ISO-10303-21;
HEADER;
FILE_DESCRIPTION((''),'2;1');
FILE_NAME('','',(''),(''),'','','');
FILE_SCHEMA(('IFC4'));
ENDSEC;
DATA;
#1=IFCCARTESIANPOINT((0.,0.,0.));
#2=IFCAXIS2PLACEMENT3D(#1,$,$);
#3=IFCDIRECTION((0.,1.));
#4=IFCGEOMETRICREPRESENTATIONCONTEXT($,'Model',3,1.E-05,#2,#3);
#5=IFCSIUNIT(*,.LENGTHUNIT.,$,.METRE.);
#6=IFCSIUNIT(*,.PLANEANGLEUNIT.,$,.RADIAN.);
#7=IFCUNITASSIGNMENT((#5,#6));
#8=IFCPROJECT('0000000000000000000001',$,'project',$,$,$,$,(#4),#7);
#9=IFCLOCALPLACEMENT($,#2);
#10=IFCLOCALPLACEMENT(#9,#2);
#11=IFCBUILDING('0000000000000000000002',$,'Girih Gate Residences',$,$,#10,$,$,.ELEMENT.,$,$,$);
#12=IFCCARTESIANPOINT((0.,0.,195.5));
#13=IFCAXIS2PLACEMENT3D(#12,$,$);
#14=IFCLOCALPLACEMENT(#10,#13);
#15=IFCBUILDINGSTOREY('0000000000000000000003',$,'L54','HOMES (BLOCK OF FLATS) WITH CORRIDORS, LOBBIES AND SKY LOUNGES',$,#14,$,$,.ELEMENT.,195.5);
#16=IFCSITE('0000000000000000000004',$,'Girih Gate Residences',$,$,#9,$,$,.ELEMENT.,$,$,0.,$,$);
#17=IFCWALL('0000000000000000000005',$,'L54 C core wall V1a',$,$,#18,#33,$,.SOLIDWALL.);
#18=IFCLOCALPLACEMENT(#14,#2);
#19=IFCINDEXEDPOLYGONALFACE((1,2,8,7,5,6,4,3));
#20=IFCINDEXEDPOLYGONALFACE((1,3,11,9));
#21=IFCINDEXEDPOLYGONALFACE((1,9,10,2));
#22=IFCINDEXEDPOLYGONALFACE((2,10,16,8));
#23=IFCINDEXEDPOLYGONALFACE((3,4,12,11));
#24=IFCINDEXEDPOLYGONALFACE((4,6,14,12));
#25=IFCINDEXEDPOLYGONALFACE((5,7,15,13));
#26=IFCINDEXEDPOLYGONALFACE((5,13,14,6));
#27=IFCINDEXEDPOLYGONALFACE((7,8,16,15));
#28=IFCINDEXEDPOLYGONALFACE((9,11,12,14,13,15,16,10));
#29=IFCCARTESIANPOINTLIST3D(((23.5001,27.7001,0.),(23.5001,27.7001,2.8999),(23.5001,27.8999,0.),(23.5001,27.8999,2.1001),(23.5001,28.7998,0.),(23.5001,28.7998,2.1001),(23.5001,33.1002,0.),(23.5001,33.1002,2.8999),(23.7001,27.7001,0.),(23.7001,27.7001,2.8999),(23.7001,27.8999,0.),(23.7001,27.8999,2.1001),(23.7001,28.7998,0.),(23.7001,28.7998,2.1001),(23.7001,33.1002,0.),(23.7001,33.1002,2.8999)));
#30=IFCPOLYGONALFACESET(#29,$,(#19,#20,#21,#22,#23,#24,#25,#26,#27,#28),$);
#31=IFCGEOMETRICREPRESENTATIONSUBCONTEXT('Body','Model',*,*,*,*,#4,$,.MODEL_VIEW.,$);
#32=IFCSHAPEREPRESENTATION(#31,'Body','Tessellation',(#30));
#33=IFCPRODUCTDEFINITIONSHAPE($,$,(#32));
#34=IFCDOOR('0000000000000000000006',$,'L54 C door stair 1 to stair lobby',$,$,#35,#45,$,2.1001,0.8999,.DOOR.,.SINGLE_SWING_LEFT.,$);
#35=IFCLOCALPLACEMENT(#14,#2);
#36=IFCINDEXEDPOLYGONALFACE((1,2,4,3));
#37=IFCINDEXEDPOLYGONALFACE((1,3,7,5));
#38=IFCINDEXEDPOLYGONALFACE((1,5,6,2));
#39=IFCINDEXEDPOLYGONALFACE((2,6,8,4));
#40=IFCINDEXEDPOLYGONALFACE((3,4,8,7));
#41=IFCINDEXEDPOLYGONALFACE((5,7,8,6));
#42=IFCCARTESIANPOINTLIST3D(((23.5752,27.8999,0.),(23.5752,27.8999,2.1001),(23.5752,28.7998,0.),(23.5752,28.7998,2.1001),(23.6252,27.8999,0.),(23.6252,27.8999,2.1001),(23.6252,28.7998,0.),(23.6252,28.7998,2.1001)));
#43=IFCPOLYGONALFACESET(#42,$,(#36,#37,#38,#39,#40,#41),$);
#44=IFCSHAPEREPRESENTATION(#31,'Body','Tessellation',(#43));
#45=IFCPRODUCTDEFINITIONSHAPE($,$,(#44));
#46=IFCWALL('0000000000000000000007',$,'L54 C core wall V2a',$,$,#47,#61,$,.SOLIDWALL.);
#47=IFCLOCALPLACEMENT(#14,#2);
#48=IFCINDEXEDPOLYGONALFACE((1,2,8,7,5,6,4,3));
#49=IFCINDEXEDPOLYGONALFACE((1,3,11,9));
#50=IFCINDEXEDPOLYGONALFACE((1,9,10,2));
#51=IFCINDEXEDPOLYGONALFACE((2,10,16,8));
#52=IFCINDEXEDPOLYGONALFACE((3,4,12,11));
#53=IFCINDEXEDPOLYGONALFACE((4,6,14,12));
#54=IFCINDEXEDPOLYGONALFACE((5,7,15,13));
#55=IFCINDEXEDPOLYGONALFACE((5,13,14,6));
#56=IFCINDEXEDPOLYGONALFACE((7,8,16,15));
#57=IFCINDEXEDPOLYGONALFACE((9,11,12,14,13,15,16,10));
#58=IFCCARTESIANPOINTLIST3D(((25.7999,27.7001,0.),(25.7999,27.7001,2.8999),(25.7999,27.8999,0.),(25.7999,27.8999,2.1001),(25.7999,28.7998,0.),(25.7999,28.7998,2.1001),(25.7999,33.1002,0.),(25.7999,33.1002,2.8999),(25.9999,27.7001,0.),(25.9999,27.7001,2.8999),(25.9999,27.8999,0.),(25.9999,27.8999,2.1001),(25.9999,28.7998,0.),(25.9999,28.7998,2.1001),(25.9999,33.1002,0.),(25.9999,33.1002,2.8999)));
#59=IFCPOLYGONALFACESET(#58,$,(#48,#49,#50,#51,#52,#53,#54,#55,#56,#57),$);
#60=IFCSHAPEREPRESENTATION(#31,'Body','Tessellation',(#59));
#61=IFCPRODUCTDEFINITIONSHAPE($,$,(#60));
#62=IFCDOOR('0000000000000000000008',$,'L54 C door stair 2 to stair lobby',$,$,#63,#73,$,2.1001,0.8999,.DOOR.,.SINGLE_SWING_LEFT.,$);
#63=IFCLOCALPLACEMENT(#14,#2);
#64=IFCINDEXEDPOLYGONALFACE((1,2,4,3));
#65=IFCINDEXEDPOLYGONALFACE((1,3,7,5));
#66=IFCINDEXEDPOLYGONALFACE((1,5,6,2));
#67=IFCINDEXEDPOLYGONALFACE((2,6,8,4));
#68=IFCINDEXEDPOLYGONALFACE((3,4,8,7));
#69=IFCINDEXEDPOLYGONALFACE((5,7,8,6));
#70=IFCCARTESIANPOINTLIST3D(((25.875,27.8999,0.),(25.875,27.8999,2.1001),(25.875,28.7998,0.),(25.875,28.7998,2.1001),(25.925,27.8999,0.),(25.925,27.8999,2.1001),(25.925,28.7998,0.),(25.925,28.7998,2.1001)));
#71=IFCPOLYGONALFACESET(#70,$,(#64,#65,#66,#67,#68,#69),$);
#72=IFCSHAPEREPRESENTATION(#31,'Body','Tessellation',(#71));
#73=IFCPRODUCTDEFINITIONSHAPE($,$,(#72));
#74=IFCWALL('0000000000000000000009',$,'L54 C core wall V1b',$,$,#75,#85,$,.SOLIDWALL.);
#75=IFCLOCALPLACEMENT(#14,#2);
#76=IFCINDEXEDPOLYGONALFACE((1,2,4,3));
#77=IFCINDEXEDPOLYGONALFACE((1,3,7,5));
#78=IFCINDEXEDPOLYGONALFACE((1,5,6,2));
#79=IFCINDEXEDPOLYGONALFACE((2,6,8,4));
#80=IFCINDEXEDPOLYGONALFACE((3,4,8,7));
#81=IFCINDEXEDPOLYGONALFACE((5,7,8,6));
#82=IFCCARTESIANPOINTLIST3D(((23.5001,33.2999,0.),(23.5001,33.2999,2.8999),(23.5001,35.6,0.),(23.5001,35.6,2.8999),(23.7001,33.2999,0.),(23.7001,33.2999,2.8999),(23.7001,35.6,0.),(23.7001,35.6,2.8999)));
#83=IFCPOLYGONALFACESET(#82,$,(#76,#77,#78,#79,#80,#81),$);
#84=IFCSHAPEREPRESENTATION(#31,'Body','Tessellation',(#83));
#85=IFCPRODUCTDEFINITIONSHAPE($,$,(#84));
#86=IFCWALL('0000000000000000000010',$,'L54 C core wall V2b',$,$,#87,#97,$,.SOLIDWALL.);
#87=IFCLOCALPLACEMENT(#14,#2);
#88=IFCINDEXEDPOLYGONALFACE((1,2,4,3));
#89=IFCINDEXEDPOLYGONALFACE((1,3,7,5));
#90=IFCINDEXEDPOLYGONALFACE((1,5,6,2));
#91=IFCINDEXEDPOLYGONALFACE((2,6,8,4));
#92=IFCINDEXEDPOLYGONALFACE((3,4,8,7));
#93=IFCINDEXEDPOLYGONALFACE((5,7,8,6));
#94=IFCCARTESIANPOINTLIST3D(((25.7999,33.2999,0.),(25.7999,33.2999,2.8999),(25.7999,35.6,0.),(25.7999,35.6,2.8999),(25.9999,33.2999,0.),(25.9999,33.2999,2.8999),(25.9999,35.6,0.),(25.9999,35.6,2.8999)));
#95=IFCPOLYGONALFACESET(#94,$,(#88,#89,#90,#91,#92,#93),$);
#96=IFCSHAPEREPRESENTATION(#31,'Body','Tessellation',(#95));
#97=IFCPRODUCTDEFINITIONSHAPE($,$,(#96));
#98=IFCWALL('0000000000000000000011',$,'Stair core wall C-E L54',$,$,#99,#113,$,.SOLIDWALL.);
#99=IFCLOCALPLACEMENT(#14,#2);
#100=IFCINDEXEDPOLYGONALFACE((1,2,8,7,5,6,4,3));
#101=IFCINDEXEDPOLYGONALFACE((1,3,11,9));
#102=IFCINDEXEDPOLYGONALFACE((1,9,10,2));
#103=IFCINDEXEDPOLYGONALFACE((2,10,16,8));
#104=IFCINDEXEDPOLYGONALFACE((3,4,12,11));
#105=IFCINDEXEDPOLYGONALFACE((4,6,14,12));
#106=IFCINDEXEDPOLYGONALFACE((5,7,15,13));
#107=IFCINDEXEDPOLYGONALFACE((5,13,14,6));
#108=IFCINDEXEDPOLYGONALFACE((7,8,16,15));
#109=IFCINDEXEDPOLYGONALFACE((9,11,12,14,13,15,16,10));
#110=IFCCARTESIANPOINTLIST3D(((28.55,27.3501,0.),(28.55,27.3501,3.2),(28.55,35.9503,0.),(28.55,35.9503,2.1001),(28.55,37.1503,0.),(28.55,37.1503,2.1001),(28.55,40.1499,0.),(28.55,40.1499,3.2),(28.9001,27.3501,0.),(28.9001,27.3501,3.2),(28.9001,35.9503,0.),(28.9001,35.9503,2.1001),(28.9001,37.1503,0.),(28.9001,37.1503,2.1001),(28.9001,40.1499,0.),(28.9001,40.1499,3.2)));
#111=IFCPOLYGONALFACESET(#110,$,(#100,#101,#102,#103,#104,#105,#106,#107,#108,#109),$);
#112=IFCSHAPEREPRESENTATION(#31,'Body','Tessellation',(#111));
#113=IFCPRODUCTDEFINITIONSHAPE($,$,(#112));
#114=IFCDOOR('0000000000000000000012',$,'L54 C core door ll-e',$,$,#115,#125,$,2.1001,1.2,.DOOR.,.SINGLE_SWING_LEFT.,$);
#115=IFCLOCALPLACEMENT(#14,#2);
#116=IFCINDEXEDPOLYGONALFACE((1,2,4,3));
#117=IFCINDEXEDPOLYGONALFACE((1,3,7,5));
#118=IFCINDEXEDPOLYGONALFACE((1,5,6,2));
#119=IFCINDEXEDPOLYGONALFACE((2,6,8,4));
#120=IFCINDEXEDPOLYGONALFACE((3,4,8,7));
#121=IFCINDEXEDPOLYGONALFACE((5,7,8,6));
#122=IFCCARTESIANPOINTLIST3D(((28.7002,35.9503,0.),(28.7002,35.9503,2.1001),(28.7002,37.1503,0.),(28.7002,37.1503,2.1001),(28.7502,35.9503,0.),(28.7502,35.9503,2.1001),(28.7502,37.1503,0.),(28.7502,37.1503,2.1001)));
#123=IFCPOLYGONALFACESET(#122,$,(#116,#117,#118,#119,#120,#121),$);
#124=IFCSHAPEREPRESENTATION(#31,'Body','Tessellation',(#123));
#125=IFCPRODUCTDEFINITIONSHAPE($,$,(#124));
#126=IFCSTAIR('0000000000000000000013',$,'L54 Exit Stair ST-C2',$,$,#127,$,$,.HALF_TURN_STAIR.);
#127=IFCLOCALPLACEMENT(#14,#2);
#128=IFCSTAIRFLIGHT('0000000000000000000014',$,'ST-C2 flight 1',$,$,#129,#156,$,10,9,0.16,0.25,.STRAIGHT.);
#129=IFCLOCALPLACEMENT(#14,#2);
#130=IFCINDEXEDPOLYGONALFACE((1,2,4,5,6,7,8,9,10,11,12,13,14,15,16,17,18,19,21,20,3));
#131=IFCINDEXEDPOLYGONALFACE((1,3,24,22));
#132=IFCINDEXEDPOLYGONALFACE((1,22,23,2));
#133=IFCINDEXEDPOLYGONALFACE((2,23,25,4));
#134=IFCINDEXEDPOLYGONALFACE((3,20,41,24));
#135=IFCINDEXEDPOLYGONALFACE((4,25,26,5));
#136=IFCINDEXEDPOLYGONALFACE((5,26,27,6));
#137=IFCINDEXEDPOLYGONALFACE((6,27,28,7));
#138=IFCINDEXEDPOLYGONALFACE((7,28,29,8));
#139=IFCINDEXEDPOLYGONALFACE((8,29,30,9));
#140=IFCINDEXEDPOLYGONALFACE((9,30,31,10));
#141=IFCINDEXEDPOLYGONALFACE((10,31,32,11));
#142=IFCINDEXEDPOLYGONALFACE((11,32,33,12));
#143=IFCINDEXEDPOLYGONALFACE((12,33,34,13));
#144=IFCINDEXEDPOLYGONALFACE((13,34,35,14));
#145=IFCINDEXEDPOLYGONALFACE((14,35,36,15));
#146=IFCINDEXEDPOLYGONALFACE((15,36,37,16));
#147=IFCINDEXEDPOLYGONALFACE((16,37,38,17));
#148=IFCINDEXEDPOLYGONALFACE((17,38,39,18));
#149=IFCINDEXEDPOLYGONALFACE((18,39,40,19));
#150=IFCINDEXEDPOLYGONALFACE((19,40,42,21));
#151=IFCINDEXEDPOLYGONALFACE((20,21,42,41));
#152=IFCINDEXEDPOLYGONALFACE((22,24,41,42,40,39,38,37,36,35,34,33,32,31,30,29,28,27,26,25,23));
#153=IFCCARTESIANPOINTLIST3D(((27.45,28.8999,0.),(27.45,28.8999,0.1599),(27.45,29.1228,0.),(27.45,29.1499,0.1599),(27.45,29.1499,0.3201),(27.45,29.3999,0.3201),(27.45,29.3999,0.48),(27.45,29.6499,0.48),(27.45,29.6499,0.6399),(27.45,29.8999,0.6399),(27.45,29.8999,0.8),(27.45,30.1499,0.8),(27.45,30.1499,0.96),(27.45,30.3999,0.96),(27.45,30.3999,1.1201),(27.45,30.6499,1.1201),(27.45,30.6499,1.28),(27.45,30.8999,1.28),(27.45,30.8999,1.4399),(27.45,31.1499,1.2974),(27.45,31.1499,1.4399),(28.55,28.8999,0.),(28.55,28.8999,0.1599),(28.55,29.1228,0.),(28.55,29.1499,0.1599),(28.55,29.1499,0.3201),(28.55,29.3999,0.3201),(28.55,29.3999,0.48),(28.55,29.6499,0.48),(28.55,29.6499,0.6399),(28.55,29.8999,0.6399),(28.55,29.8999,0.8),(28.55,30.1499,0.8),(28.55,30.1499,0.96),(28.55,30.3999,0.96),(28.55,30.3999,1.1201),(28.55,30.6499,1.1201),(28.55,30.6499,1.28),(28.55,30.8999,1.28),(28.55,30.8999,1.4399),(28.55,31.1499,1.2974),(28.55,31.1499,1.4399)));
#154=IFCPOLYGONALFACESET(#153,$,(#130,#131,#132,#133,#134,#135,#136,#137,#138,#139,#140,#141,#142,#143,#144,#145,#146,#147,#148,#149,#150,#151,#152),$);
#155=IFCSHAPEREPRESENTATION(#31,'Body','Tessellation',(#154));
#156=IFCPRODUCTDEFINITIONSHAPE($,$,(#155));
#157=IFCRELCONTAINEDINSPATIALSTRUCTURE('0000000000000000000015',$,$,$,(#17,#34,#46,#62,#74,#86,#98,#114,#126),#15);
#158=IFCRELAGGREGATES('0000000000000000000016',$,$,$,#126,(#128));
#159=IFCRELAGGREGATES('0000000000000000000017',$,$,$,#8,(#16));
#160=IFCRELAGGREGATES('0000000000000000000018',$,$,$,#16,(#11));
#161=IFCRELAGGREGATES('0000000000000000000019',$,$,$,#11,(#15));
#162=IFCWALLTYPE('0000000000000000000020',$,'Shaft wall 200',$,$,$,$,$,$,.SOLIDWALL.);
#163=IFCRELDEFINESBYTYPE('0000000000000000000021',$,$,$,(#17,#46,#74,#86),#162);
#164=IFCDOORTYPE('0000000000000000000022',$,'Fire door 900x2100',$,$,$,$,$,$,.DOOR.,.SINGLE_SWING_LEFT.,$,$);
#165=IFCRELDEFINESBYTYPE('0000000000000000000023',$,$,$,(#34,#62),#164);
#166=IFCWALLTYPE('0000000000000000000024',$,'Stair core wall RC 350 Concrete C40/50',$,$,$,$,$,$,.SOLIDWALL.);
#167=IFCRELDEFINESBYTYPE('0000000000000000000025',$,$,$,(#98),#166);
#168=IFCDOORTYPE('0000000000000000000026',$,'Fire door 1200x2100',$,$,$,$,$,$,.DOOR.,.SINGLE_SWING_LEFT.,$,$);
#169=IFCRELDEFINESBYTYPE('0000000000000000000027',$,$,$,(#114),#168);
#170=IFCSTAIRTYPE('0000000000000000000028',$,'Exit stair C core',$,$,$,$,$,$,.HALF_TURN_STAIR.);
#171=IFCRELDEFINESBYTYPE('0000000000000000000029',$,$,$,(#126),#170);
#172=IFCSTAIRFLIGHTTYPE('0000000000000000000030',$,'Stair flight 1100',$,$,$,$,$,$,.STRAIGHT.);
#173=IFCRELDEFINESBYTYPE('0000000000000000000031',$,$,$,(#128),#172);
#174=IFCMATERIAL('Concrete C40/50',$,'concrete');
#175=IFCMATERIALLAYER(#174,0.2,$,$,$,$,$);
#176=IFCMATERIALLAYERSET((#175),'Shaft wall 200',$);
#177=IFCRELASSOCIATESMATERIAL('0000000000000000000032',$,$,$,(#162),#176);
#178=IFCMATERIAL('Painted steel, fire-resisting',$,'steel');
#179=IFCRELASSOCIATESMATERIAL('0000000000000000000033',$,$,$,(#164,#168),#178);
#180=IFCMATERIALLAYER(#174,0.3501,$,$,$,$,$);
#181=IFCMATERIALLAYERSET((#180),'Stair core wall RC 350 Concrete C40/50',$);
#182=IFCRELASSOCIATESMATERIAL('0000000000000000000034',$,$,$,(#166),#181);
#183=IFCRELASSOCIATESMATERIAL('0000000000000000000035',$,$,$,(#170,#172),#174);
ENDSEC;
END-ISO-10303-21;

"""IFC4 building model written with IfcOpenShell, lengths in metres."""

from ifc_helpers import new_model, si_unit, direction, frame, frame_2d, origin, place, context, subcontext, project, spatial, polyline, rectangle, outline, extrude, material, layer, layer_set, type_object, element, fill, aggregate, save


model = new_model("IFC4")

# Units and contexts
model_context = context("Model", 3, precision=1e-05, world=origin(), true_north=direction((0.0, 1.0)))
body_context = subcontext(model_context, "Body", "Model", "MODEL_VIEW")
ifc_project = project(units=[si_unit("LENGTHUNIT", "METRE"), si_unit("PLANEANGLEUNIT", "RADIAN")], contexts=[model_context])

# Site, building, storey
site_placement = place(None, origin())
site = spatial("IfcSite", under=ifc_project, at=site_placement, Name="Girih Gate Residences", CompositionType="ELEMENT", RefElevation=0.0)
building_placement = place(site_placement, origin())
building = spatial("IfcBuilding", under=site, at=building_placement, Name="Girih Gate Residences", CompositionType="ELEMENT")
storey_placement = place(building_placement, frame((0.0, 0.0, 195.5)))
storey = spatial("IfcBuildingStorey", under=building, at=storey_placement, Name="L54", Description="HOMES (BLOCK OF FLATS) WITH CORRIDORS, LOBBIES AND SKY LOUNGES", CompositionType="ELEMENT", Elevation=195.5)

# Walls, openings, doors
ifc_material_1 = material(Name="Concrete C40/50", Category="concrete")
ifc_layer_1 = layer(ifc_material_1, 0.2)
ifc_layer_set_1 = layer_set([ifc_layer_1], Name="Shaft wall 200")
wall_type_1 = type_object("IfcWallType", Name="Shaft wall 200", PredefinedType="SOLIDWALL", material=ifc_layer_set_1)
wall_1_placement = place(storey_placement, frame((23.6001, 27.7, 0.0), z_axis=(0.0, 0.0, 1.0), x_axis=(0.0, 1.0, 0.0)))
wall_1 = element("IfcWall", 1, at=wall_1_placement, inside=storey, type_object=wall_type_1, Name="L54 C core wall V1a", PredefinedType="SOLIDWALL", context=body_context, shape_type="SweptSolid", body=[
    extrude(rectangle(XDim=5.4001, YDim=0.2, at=frame_2d((2.7002, 0.0))), origin(), (0.0, 0.0, 1.0), 2.8999),
])
opening_1_placement = place(wall_1_placement, frame((0.2, 0.0, 0.0)))
opening_1 = element("IfcOpeningElement", 2, at=opening_1_placement, cuts=wall_1, PredefinedType="OPENING", context=body_context, shape_type="SweptSolid", body=[
    extrude(rectangle(XDim=0.8999, YDim=2.1001, at=frame_2d((0.45, 1.05))), frame((0.0, 0.1099, 0.0), z_axis=(0.0, -1.0, 0.0), x_axis=(1.0, 0.0, 0.0)), (0.0, 0.0, 1.0), 0.22),
])
ifc_material_2 = material(Name="Painted steel, fire-resisting", Category="steel")
door_type_1 = type_object("IfcDoorType", Name="Fire door 900x2100", OperationType="SINGLE_SWING_LEFT", PredefinedType="DOOR", material=ifc_material_2)
door_1_placement = place(opening_1_placement, origin())
door_1 = element("IfcDoor", 3, at=door_1_placement, inside=storey, type_object=door_type_1, Name="L54 C door stair 1 to stair lobby", OperationType="SINGLE_SWING_LEFT", OverallHeight=2.1001, OverallWidth=0.8999, PredefinedType="DOOR", context=body_context, shape_type="SweptSolid", body=[
    extrude(rectangle(XDim=0.8999, YDim=2.1001, at=frame_2d((0.45, 1.05))), frame((0.0, 0.0249, 0.0), z_axis=(0.0, -1.0, 0.0), x_axis=(1.0, 0.0, 0.0)), (0.0, 0.0, 1.0), 0.05),
])
fill(opening_1, door_1)
wall_2_placement = place(storey_placement, frame((25.8999, 27.7, 0.0), z_axis=(0.0, 0.0, 1.0), x_axis=(0.0, 1.0, 0.0)))
wall_2 = element("IfcWall", 4, at=wall_2_placement, inside=storey, type_object=wall_type_1, Name="L54 C core wall V2a", PredefinedType="SOLIDWALL", context=body_context, shape_type="SweptSolid", body=[
    extrude(rectangle(XDim=5.4001, YDim=0.2, at=frame_2d((2.7002, 0.0))), origin(), (0.0, 0.0, 1.0), 2.8999),
])
opening_2_placement = place(wall_2_placement, frame((0.2, 0.0, 0.0)))
opening_2 = element("IfcOpeningElement", 5, at=opening_2_placement, cuts=wall_2, PredefinedType="OPENING", context=body_context, shape_type="SweptSolid", body=[
    extrude(rectangle(XDim=0.8999, YDim=2.1001, at=frame_2d((0.45, 1.05))), frame((0.0, 0.1099, 0.0), z_axis=(0.0, -1.0, 0.0), x_axis=(1.0, 0.0, 0.0)), (0.0, 0.0, 1.0), 0.22),
])
door_2_placement = place(opening_2_placement, origin())
door_2 = element("IfcDoor", 6, at=door_2_placement, inside=storey, type_object=door_type_1, Name="L54 C door stair 2 to stair lobby", OperationType="SINGLE_SWING_LEFT", OverallHeight=2.1001, OverallWidth=0.8999, PredefinedType="DOOR", context=body_context, shape_type="SweptSolid", body=[
    extrude(rectangle(XDim=0.8999, YDim=2.1001, at=frame_2d((0.45, 1.05))), frame((0.0, 0.0249, 0.0), z_axis=(0.0, -1.0, 0.0), x_axis=(1.0, 0.0, 0.0)), (0.0, 0.0, 1.0), 0.05),
])
fill(opening_2, door_2)

# Walls
for number, where, z_axis, x_axis, name in (
    (7, (23.6001, 33.3, 0.0), (0.0, 0.0, 1.0), (0.0, 1.0, 0.0), "L54 C core wall V1b"),
    (8, (25.8999, 33.3, 0.0), (0.0, 0.0, 1.0), (0.0, 1.0, 0.0), "L54 C core wall V2b"),
):
    element("IfcWall", number, at=place(storey_placement, frame(where, z_axis=z_axis, x_axis=x_axis)), inside=storey, type_object=wall_type_1, Name=name, PredefinedType="SOLIDWALL", context=body_context, shape_type="SweptSolid", body=[
        extrude(rectangle(XDim=2.3, YDim=0.2, at=frame_2d((1.1499, 0.0))), origin(), (0.0, 0.0, 1.0), 2.8999),
    ])

# Wall, opening, door
ifc_layer_2 = layer(ifc_material_1, 0.3501)
ifc_layer_set_2 = layer_set([ifc_layer_2], Name="Stair core wall RC 350 Concrete C40/50")
wall_type_2 = type_object("IfcWallType", Name="Stair core wall RC 350 Concrete C40/50", PredefinedType="SOLIDWALL", material=ifc_layer_set_2)
wall_3_placement = place(storey_placement, frame((28.7251, 27.3501, 0.0), z_axis=(0.0, 0.0, 1.0), x_axis=(0.0, 1.0, 0.0)))
wall_3 = element("IfcWall", 9, at=wall_3_placement, inside=storey, type_object=wall_type_2, Name="Stair core wall C-E L54", PredefinedType="SOLIDWALL", context=body_context, shape_type="SweptSolid", body=[
    extrude(rectangle(XDim=12.7998, YDim=0.3501, at=frame_2d((6.3999, 0.0))), origin(), (0.0, 0.0, 1.0), 3.2),
])
opening_3_placement = place(wall_3_placement, frame((8.6001, 0.0, 0.0)))
opening_3 = element("IfcOpeningElement", 10, at=opening_3_placement, cuts=wall_3, PredefinedType="OPENING", context=body_context, shape_type="SweptSolid", body=[
    extrude(rectangle(XDim=1.2, YDim=2.1001, at=frame_2d((0.6001, 1.05))), frame((0.0, 0.1851, 0.0), z_axis=(0.0, -1.0, 0.0), x_axis=(1.0, 0.0, 0.0)), (0.0, 0.0, 1.0), 0.3701),
])
door_type_2 = type_object("IfcDoorType", Name="Fire door 1200x2100", OperationType="SINGLE_SWING_LEFT", PredefinedType="DOOR", material=ifc_material_2)
door_3_placement = place(opening_3_placement, origin())
door_3 = element("IfcDoor", 11, at=door_3_placement, inside=storey, type_object=door_type_2, Name="L54 C core door ll-e", OperationType="SINGLE_SWING_LEFT", OverallHeight=2.1001, OverallWidth=1.2, PredefinedType="DOOR", context=body_context, shape_type="SweptSolid", body=[
    extrude(rectangle(XDim=1.2, YDim=2.1001, at=frame_2d((0.6001, 1.05))), frame((0.0, 0.0249, 0.0), z_axis=(0.0, -1.0, 0.0), x_axis=(1.0, 0.0, 0.0)), (0.0, 0.0, 1.0), 0.05),
])
fill(opening_3, door_3)

# Stair, stair flight
stair_type = type_object("IfcStairType", Name="Exit stair C core", PredefinedType="HALF_TURN_STAIR", material=ifc_material_1)
stair_placement = place(storey_placement, origin())
stair = element("IfcStair", 12, at=stair_placement, inside=storey, type_object=stair_type, Name="L54 Exit Stair ST-C2", PredefinedType="HALF_TURN_STAIR")
stair_flight_type = type_object("IfcStairFlightType", Name="Stair flight 1100", PredefinedType="STRAIGHT", material=ifc_material_1)
stair_flight_1_placement = place(storey_placement, frame((28.0, 28.8999, 0.0), z_axis=(0.0, 0.0, 1.0), x_axis=(0.0, 1.0, 0.0)))
stair_flight_1 = element("IfcStairFlight", 13, at=stair_flight_1_placement, type_object=stair_flight_type, Name="ST-C2 flight 1", NumberOfRisers=10, NumberOfTreads=9, PredefinedType="STRAIGHT", RiserHeight=0.16, TreadLength=0.25, context=body_context, shape_type="SweptSolid", body=[
    extrude(outline(polyline([(0.0, 0.0), (0.0, 0.1599), (0.25, 0.1599), (0.25, 0.3201), (0.5, 0.3201), (0.5, 0.48), (0.75, 0.48), (0.75, 0.6399), (1.0, 0.6399), (1.0, 0.8), (1.25, 0.8), (1.25, 0.96), (1.5, 0.96), (1.5, 1.1201), (1.75, 1.1201), (1.75, 1.28), (2.0, 1.28), (2.0, 1.4399), (2.25, 1.4399), (2.25, 1.6001), (2.25, 1.2974), (0.2229, 0.0), (0.0, 0.0)])), frame((0.0, 0.55, 0.0), z_axis=(0.0, -1.0, 0.0), x_axis=(1.0, 0.0, 0.0)), (0.0, 0.0, 1.0), 1.1001),
])
aggregate(stair, [stair_flight_1])

save(model, "model.ifc")
